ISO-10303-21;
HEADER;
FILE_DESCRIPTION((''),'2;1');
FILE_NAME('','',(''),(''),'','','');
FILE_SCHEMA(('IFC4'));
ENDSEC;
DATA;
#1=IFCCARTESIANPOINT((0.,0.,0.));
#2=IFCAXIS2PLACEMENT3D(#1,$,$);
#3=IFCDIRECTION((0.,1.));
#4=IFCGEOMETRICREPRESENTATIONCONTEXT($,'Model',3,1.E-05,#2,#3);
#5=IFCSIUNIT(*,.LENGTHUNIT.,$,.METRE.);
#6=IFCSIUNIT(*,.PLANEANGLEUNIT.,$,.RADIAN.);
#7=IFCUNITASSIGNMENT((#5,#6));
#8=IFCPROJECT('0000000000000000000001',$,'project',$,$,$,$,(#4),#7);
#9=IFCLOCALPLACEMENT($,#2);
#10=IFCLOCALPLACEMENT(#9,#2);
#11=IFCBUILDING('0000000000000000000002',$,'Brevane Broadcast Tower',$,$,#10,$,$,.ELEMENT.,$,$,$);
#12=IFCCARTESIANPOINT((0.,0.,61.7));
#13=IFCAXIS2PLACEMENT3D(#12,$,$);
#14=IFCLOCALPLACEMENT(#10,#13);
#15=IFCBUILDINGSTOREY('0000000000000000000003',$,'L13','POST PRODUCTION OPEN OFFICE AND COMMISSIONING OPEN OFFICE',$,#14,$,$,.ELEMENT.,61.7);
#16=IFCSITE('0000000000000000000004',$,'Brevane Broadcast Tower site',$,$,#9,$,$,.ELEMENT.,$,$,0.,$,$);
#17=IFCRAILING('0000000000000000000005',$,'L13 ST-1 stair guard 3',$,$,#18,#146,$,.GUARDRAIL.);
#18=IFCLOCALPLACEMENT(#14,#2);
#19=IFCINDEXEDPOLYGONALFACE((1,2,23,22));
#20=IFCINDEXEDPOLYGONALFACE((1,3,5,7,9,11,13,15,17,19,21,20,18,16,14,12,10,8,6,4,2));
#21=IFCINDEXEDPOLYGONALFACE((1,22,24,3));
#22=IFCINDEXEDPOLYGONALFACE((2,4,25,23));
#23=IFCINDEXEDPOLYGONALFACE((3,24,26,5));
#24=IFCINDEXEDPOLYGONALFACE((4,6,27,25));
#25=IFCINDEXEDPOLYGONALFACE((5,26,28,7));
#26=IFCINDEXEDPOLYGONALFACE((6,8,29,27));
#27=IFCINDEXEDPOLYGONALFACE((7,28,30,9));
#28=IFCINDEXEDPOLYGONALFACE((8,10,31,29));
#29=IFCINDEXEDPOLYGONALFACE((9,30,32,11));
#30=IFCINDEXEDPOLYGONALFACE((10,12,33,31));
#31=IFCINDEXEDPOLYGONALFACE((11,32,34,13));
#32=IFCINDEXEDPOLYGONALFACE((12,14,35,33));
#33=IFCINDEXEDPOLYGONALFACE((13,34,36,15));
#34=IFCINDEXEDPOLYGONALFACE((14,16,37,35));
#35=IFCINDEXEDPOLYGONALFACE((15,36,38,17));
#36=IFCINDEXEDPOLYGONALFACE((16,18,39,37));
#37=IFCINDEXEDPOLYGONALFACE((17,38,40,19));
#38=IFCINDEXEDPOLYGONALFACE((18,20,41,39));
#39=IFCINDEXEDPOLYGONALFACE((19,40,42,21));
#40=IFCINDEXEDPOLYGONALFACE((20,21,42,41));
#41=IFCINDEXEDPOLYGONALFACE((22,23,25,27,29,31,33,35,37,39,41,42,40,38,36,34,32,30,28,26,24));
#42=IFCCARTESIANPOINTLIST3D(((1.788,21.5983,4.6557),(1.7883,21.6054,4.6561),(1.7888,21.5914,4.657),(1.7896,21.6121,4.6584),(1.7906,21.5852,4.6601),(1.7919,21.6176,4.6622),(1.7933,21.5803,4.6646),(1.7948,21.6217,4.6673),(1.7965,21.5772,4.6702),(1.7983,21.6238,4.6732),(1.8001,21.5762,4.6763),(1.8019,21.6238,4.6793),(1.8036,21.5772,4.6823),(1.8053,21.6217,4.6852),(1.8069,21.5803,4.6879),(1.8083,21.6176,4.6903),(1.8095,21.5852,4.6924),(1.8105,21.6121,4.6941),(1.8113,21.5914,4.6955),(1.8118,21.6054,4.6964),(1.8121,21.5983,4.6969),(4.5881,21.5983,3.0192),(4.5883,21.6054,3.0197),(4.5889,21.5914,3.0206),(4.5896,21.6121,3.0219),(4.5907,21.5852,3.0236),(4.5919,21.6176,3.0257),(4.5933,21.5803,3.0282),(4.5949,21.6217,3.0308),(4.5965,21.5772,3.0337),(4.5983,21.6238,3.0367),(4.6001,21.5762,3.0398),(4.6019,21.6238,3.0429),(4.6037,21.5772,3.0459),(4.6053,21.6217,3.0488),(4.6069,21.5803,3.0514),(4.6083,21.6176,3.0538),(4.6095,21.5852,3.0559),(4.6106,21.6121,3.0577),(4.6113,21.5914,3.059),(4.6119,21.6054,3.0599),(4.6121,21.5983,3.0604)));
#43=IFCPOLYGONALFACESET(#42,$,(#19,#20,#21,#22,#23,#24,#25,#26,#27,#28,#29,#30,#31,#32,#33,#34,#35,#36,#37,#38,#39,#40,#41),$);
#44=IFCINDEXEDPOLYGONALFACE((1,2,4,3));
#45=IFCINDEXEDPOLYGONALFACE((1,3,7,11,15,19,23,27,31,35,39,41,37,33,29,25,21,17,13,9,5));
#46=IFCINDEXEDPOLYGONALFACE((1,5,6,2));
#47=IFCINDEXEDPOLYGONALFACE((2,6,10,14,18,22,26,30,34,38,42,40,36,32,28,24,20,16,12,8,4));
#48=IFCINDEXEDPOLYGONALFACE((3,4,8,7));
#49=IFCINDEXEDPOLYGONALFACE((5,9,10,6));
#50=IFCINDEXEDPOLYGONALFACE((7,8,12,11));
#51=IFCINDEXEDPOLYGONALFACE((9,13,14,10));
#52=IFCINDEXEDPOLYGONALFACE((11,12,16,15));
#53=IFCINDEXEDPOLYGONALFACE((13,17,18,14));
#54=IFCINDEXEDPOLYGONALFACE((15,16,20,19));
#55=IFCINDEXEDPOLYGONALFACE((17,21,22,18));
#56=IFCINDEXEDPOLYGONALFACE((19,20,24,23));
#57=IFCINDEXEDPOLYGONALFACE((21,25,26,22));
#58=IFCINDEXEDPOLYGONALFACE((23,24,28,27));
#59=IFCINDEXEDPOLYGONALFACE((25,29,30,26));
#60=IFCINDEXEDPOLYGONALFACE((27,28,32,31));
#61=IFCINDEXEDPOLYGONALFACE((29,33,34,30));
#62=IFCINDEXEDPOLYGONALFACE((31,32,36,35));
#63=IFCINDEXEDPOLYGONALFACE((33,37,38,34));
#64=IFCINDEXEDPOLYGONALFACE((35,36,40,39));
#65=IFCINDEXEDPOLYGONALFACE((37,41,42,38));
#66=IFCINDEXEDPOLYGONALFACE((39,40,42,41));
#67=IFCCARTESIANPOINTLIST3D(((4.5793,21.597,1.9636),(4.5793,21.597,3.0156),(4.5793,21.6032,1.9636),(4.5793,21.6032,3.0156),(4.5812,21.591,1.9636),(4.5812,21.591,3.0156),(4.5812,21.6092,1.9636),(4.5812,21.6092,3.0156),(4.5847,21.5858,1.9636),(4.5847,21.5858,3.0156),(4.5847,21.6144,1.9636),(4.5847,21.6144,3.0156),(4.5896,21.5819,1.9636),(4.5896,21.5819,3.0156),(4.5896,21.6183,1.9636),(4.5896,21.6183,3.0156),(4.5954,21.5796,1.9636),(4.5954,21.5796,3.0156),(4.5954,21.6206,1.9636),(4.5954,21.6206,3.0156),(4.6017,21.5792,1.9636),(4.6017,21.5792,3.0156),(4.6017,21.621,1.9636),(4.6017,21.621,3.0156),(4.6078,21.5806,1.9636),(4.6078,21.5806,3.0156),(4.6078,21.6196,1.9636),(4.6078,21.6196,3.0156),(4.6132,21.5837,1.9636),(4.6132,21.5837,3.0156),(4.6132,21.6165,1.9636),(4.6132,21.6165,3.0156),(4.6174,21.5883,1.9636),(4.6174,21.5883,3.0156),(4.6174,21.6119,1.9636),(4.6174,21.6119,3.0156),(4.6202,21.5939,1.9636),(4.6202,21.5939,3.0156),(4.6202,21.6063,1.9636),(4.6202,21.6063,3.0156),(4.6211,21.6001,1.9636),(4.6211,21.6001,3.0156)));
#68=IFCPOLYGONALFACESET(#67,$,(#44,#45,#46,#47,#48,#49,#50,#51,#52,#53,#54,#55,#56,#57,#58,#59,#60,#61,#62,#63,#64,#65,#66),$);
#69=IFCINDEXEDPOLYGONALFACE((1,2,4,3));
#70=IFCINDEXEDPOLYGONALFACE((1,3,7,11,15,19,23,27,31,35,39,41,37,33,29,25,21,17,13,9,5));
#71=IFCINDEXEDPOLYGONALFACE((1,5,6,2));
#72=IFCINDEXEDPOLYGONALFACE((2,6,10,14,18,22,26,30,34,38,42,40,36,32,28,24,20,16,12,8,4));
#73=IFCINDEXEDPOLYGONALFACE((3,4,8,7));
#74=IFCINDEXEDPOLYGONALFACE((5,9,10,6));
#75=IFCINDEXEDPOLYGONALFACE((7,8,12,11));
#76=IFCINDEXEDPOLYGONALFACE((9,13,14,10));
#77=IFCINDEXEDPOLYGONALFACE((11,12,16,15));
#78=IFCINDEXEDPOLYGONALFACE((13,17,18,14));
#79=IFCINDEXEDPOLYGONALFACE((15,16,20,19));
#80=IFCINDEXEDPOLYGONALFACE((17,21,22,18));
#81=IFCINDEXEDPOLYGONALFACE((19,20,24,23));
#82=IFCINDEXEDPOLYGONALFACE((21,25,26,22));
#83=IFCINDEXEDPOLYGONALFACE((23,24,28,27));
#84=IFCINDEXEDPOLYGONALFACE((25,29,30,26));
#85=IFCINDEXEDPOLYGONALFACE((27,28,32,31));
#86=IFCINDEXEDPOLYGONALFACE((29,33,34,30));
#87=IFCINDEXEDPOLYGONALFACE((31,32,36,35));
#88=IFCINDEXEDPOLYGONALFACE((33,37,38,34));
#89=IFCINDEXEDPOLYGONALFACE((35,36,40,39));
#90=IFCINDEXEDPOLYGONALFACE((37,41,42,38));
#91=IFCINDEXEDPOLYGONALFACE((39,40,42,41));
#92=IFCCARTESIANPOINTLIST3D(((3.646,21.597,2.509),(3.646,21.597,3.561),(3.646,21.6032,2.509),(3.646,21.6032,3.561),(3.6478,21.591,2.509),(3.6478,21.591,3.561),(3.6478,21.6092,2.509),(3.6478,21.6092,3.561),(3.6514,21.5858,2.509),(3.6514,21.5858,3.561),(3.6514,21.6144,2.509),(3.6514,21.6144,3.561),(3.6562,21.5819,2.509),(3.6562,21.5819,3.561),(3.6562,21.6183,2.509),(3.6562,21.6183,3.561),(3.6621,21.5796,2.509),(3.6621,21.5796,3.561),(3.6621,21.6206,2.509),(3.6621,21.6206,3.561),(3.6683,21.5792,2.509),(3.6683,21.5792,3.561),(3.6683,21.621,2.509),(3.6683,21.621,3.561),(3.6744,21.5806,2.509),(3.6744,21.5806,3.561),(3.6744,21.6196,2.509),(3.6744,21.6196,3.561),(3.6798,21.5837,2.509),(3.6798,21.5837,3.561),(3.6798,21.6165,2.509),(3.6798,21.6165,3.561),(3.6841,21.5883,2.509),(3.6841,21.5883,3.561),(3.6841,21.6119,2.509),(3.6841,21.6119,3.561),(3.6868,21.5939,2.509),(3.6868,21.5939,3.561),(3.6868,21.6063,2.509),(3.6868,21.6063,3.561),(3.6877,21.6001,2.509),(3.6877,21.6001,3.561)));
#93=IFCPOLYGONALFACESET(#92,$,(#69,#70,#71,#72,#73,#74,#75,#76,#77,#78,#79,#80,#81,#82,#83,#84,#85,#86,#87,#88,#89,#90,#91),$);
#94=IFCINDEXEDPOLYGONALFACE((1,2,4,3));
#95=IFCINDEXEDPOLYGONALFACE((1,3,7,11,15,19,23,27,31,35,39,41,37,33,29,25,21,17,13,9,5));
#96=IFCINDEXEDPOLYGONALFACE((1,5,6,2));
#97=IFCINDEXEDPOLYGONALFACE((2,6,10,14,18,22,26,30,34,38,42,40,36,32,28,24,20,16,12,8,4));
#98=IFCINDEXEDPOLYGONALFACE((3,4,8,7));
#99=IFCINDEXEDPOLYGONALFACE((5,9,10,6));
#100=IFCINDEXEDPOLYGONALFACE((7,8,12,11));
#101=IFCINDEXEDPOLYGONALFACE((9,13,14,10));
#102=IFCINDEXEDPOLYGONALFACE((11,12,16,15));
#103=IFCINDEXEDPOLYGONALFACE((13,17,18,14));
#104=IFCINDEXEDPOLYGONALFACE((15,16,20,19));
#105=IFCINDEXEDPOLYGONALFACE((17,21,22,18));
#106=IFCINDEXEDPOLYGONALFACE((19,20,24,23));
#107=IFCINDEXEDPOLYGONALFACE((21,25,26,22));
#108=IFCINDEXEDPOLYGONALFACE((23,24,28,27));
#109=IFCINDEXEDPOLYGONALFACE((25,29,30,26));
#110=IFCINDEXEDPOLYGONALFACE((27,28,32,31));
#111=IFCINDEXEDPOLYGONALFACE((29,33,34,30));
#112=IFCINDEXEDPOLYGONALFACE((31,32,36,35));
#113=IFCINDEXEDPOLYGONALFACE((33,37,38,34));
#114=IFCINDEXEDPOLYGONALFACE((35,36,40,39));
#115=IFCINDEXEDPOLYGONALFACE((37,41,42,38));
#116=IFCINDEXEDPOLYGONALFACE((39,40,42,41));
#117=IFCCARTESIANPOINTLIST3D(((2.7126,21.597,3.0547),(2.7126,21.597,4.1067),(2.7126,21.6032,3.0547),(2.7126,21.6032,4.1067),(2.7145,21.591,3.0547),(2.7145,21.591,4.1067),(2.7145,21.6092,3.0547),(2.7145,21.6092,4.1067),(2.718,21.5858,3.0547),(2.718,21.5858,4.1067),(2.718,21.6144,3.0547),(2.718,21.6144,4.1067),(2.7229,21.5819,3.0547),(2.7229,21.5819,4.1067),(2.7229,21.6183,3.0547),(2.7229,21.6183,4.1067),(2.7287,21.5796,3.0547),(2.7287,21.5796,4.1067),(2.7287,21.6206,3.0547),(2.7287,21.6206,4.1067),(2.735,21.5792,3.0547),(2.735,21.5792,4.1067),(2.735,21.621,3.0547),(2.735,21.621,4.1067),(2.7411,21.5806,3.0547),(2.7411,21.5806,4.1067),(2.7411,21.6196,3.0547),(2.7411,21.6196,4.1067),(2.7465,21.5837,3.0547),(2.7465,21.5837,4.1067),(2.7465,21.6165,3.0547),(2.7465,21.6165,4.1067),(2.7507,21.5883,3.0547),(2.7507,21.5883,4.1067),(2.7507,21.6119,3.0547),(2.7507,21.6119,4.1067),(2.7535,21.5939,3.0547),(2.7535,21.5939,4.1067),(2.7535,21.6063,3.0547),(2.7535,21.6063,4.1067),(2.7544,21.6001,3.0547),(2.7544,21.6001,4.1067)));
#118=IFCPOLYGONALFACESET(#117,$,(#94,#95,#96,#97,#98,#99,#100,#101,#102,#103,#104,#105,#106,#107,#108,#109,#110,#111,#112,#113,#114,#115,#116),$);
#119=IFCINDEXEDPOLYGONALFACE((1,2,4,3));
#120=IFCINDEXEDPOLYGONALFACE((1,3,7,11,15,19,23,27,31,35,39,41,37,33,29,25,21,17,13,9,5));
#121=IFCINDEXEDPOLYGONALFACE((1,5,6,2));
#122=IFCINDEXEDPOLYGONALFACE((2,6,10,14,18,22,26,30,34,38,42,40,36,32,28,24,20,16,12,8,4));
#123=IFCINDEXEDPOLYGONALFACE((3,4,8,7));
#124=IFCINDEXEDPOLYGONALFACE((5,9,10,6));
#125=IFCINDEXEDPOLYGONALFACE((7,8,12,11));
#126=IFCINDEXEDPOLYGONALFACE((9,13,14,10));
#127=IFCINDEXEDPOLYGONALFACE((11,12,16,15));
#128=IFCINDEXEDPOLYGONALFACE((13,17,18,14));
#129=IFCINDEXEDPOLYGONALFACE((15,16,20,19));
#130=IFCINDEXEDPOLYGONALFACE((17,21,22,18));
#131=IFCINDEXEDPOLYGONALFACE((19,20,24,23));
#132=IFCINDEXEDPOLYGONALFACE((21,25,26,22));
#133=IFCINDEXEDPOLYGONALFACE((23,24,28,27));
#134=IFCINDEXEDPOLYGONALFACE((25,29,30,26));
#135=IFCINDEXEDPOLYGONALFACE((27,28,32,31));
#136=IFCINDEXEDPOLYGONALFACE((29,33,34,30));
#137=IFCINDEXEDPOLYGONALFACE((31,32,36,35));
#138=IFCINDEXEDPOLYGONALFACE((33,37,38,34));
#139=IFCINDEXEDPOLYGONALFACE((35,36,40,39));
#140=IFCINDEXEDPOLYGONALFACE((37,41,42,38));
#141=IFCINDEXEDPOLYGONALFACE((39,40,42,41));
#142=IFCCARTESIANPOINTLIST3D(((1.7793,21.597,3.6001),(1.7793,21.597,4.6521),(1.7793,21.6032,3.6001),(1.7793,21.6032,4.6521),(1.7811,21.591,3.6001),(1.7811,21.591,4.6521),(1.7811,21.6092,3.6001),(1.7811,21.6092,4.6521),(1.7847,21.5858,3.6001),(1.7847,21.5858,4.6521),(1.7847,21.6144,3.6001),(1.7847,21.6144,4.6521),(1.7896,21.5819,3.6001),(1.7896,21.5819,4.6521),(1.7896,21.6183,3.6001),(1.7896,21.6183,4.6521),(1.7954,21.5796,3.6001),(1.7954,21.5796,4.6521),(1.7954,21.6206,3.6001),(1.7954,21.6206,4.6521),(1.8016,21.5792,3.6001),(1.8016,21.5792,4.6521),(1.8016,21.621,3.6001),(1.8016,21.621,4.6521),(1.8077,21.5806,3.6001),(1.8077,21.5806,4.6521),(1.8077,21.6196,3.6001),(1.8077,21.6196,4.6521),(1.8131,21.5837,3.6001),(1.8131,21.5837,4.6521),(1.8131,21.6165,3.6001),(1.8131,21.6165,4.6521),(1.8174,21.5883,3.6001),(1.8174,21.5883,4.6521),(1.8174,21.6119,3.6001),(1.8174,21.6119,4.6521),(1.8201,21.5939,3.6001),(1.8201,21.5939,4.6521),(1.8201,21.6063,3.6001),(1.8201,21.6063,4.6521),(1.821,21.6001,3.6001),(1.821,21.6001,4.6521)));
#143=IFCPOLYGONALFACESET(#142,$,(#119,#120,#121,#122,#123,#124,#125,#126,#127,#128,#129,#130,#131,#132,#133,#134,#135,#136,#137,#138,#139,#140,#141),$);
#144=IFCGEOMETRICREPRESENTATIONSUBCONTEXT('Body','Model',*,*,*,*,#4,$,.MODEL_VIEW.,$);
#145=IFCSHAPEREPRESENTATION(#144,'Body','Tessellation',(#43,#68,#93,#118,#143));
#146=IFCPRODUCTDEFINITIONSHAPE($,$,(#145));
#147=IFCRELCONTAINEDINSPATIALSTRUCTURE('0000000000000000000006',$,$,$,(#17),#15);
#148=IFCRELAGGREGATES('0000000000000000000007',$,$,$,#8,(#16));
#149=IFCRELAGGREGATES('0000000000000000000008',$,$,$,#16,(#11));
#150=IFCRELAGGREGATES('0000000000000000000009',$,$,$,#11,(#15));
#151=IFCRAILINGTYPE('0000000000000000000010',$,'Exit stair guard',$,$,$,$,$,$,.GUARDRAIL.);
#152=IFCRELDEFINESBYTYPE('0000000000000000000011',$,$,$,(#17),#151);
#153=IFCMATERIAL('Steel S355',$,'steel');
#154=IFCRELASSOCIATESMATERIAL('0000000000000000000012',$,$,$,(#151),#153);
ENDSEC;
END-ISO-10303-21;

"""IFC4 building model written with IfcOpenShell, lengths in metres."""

from ifc_helpers import new_model, si_unit, direction, frame, origin, origin_2d, place, context, subcontext, project, spatial, circle, extrude, material, type_object, element, save


model = new_model("IFC4")

# Units and contexts
model_context = context("Model", 3, precision=1e-05, world=origin(), true_north=direction((0.0, 1.0)))
body_context = subcontext(model_context, "Body", "Model", "MODEL_VIEW")
ifc_project = project(units=[si_unit("LENGTHUNIT", "METRE"), si_unit("PLANEANGLEUNIT", "RADIAN")], contexts=[model_context])

# Site, building, storey
site_placement = place(None, origin())
site = spatial("IfcSite", under=ifc_project, at=site_placement, Name="Brevane Broadcast Tower site", CompositionType="ELEMENT", RefElevation=0.0)
building_placement = place(site_placement, origin())
building = spatial("IfcBuilding", under=site, at=building_placement, Name="Brevane Broadcast Tower", CompositionType="ELEMENT")
storey_placement = place(building_placement, frame((0.0, 0.0, 61.7)))
storey = spatial("IfcBuildingStorey", under=building, at=storey_placement, Name="L13", Description="POST PRODUCTION OPEN OFFICE AND COMMISSIONING OPEN OFFICE", CompositionType="ELEMENT", Elevation=61.7)

# Railing
ifc_material_1 = material(Name="Steel S355", Category="steel")
railing_type_1 = type_object("IfcRailingType", Name="Exit stair guard", PredefinedType="GUARDRAIL", material=ifc_material_1)
railing_1_placement = place(storey_placement, frame((4.6001, 21.6001, 1.9636)))
element("IfcRailing", 1, at=railing_1_placement, inside=storey, type_object=railing_type_1, Name="L13 ST-1 stair guard 3", PredefinedType="GUARDRAIL", context=body_context, shape_type="SweptSolid", body=[
    extrude(circle(Radius=0.0239, at=origin_2d()), frame((0.0, 0.0, 1.0762), z_axis=(-0.863361, 0.0, 0.504587), x_axis=(0.0, -1.0, 0.0)), (0.0, 0.0, 1.0), 3.2432),
    extrude(circle(Radius=0.021, at=origin_2d()), origin(), (0.0, 0.0, 1.0), 1.052),
    extrude(circle(Radius=0.021, at=origin_2d()), frame((-0.9333, 0.0, 0.5454)), (0.0, 0.0, 1.0), 1.052),
    extrude(circle(Radius=0.021, at=origin_2d()), frame((-1.8667, 0.0, 1.0911)), (0.0, 0.0, 1.0), 1.052),
    extrude(circle(Radius=0.021, at=origin_2d()), frame((-2.8, 0.0, 1.6365)), (0.0, 0.0, 1.0), 1.052),
])

save(model, "model.ifc")
